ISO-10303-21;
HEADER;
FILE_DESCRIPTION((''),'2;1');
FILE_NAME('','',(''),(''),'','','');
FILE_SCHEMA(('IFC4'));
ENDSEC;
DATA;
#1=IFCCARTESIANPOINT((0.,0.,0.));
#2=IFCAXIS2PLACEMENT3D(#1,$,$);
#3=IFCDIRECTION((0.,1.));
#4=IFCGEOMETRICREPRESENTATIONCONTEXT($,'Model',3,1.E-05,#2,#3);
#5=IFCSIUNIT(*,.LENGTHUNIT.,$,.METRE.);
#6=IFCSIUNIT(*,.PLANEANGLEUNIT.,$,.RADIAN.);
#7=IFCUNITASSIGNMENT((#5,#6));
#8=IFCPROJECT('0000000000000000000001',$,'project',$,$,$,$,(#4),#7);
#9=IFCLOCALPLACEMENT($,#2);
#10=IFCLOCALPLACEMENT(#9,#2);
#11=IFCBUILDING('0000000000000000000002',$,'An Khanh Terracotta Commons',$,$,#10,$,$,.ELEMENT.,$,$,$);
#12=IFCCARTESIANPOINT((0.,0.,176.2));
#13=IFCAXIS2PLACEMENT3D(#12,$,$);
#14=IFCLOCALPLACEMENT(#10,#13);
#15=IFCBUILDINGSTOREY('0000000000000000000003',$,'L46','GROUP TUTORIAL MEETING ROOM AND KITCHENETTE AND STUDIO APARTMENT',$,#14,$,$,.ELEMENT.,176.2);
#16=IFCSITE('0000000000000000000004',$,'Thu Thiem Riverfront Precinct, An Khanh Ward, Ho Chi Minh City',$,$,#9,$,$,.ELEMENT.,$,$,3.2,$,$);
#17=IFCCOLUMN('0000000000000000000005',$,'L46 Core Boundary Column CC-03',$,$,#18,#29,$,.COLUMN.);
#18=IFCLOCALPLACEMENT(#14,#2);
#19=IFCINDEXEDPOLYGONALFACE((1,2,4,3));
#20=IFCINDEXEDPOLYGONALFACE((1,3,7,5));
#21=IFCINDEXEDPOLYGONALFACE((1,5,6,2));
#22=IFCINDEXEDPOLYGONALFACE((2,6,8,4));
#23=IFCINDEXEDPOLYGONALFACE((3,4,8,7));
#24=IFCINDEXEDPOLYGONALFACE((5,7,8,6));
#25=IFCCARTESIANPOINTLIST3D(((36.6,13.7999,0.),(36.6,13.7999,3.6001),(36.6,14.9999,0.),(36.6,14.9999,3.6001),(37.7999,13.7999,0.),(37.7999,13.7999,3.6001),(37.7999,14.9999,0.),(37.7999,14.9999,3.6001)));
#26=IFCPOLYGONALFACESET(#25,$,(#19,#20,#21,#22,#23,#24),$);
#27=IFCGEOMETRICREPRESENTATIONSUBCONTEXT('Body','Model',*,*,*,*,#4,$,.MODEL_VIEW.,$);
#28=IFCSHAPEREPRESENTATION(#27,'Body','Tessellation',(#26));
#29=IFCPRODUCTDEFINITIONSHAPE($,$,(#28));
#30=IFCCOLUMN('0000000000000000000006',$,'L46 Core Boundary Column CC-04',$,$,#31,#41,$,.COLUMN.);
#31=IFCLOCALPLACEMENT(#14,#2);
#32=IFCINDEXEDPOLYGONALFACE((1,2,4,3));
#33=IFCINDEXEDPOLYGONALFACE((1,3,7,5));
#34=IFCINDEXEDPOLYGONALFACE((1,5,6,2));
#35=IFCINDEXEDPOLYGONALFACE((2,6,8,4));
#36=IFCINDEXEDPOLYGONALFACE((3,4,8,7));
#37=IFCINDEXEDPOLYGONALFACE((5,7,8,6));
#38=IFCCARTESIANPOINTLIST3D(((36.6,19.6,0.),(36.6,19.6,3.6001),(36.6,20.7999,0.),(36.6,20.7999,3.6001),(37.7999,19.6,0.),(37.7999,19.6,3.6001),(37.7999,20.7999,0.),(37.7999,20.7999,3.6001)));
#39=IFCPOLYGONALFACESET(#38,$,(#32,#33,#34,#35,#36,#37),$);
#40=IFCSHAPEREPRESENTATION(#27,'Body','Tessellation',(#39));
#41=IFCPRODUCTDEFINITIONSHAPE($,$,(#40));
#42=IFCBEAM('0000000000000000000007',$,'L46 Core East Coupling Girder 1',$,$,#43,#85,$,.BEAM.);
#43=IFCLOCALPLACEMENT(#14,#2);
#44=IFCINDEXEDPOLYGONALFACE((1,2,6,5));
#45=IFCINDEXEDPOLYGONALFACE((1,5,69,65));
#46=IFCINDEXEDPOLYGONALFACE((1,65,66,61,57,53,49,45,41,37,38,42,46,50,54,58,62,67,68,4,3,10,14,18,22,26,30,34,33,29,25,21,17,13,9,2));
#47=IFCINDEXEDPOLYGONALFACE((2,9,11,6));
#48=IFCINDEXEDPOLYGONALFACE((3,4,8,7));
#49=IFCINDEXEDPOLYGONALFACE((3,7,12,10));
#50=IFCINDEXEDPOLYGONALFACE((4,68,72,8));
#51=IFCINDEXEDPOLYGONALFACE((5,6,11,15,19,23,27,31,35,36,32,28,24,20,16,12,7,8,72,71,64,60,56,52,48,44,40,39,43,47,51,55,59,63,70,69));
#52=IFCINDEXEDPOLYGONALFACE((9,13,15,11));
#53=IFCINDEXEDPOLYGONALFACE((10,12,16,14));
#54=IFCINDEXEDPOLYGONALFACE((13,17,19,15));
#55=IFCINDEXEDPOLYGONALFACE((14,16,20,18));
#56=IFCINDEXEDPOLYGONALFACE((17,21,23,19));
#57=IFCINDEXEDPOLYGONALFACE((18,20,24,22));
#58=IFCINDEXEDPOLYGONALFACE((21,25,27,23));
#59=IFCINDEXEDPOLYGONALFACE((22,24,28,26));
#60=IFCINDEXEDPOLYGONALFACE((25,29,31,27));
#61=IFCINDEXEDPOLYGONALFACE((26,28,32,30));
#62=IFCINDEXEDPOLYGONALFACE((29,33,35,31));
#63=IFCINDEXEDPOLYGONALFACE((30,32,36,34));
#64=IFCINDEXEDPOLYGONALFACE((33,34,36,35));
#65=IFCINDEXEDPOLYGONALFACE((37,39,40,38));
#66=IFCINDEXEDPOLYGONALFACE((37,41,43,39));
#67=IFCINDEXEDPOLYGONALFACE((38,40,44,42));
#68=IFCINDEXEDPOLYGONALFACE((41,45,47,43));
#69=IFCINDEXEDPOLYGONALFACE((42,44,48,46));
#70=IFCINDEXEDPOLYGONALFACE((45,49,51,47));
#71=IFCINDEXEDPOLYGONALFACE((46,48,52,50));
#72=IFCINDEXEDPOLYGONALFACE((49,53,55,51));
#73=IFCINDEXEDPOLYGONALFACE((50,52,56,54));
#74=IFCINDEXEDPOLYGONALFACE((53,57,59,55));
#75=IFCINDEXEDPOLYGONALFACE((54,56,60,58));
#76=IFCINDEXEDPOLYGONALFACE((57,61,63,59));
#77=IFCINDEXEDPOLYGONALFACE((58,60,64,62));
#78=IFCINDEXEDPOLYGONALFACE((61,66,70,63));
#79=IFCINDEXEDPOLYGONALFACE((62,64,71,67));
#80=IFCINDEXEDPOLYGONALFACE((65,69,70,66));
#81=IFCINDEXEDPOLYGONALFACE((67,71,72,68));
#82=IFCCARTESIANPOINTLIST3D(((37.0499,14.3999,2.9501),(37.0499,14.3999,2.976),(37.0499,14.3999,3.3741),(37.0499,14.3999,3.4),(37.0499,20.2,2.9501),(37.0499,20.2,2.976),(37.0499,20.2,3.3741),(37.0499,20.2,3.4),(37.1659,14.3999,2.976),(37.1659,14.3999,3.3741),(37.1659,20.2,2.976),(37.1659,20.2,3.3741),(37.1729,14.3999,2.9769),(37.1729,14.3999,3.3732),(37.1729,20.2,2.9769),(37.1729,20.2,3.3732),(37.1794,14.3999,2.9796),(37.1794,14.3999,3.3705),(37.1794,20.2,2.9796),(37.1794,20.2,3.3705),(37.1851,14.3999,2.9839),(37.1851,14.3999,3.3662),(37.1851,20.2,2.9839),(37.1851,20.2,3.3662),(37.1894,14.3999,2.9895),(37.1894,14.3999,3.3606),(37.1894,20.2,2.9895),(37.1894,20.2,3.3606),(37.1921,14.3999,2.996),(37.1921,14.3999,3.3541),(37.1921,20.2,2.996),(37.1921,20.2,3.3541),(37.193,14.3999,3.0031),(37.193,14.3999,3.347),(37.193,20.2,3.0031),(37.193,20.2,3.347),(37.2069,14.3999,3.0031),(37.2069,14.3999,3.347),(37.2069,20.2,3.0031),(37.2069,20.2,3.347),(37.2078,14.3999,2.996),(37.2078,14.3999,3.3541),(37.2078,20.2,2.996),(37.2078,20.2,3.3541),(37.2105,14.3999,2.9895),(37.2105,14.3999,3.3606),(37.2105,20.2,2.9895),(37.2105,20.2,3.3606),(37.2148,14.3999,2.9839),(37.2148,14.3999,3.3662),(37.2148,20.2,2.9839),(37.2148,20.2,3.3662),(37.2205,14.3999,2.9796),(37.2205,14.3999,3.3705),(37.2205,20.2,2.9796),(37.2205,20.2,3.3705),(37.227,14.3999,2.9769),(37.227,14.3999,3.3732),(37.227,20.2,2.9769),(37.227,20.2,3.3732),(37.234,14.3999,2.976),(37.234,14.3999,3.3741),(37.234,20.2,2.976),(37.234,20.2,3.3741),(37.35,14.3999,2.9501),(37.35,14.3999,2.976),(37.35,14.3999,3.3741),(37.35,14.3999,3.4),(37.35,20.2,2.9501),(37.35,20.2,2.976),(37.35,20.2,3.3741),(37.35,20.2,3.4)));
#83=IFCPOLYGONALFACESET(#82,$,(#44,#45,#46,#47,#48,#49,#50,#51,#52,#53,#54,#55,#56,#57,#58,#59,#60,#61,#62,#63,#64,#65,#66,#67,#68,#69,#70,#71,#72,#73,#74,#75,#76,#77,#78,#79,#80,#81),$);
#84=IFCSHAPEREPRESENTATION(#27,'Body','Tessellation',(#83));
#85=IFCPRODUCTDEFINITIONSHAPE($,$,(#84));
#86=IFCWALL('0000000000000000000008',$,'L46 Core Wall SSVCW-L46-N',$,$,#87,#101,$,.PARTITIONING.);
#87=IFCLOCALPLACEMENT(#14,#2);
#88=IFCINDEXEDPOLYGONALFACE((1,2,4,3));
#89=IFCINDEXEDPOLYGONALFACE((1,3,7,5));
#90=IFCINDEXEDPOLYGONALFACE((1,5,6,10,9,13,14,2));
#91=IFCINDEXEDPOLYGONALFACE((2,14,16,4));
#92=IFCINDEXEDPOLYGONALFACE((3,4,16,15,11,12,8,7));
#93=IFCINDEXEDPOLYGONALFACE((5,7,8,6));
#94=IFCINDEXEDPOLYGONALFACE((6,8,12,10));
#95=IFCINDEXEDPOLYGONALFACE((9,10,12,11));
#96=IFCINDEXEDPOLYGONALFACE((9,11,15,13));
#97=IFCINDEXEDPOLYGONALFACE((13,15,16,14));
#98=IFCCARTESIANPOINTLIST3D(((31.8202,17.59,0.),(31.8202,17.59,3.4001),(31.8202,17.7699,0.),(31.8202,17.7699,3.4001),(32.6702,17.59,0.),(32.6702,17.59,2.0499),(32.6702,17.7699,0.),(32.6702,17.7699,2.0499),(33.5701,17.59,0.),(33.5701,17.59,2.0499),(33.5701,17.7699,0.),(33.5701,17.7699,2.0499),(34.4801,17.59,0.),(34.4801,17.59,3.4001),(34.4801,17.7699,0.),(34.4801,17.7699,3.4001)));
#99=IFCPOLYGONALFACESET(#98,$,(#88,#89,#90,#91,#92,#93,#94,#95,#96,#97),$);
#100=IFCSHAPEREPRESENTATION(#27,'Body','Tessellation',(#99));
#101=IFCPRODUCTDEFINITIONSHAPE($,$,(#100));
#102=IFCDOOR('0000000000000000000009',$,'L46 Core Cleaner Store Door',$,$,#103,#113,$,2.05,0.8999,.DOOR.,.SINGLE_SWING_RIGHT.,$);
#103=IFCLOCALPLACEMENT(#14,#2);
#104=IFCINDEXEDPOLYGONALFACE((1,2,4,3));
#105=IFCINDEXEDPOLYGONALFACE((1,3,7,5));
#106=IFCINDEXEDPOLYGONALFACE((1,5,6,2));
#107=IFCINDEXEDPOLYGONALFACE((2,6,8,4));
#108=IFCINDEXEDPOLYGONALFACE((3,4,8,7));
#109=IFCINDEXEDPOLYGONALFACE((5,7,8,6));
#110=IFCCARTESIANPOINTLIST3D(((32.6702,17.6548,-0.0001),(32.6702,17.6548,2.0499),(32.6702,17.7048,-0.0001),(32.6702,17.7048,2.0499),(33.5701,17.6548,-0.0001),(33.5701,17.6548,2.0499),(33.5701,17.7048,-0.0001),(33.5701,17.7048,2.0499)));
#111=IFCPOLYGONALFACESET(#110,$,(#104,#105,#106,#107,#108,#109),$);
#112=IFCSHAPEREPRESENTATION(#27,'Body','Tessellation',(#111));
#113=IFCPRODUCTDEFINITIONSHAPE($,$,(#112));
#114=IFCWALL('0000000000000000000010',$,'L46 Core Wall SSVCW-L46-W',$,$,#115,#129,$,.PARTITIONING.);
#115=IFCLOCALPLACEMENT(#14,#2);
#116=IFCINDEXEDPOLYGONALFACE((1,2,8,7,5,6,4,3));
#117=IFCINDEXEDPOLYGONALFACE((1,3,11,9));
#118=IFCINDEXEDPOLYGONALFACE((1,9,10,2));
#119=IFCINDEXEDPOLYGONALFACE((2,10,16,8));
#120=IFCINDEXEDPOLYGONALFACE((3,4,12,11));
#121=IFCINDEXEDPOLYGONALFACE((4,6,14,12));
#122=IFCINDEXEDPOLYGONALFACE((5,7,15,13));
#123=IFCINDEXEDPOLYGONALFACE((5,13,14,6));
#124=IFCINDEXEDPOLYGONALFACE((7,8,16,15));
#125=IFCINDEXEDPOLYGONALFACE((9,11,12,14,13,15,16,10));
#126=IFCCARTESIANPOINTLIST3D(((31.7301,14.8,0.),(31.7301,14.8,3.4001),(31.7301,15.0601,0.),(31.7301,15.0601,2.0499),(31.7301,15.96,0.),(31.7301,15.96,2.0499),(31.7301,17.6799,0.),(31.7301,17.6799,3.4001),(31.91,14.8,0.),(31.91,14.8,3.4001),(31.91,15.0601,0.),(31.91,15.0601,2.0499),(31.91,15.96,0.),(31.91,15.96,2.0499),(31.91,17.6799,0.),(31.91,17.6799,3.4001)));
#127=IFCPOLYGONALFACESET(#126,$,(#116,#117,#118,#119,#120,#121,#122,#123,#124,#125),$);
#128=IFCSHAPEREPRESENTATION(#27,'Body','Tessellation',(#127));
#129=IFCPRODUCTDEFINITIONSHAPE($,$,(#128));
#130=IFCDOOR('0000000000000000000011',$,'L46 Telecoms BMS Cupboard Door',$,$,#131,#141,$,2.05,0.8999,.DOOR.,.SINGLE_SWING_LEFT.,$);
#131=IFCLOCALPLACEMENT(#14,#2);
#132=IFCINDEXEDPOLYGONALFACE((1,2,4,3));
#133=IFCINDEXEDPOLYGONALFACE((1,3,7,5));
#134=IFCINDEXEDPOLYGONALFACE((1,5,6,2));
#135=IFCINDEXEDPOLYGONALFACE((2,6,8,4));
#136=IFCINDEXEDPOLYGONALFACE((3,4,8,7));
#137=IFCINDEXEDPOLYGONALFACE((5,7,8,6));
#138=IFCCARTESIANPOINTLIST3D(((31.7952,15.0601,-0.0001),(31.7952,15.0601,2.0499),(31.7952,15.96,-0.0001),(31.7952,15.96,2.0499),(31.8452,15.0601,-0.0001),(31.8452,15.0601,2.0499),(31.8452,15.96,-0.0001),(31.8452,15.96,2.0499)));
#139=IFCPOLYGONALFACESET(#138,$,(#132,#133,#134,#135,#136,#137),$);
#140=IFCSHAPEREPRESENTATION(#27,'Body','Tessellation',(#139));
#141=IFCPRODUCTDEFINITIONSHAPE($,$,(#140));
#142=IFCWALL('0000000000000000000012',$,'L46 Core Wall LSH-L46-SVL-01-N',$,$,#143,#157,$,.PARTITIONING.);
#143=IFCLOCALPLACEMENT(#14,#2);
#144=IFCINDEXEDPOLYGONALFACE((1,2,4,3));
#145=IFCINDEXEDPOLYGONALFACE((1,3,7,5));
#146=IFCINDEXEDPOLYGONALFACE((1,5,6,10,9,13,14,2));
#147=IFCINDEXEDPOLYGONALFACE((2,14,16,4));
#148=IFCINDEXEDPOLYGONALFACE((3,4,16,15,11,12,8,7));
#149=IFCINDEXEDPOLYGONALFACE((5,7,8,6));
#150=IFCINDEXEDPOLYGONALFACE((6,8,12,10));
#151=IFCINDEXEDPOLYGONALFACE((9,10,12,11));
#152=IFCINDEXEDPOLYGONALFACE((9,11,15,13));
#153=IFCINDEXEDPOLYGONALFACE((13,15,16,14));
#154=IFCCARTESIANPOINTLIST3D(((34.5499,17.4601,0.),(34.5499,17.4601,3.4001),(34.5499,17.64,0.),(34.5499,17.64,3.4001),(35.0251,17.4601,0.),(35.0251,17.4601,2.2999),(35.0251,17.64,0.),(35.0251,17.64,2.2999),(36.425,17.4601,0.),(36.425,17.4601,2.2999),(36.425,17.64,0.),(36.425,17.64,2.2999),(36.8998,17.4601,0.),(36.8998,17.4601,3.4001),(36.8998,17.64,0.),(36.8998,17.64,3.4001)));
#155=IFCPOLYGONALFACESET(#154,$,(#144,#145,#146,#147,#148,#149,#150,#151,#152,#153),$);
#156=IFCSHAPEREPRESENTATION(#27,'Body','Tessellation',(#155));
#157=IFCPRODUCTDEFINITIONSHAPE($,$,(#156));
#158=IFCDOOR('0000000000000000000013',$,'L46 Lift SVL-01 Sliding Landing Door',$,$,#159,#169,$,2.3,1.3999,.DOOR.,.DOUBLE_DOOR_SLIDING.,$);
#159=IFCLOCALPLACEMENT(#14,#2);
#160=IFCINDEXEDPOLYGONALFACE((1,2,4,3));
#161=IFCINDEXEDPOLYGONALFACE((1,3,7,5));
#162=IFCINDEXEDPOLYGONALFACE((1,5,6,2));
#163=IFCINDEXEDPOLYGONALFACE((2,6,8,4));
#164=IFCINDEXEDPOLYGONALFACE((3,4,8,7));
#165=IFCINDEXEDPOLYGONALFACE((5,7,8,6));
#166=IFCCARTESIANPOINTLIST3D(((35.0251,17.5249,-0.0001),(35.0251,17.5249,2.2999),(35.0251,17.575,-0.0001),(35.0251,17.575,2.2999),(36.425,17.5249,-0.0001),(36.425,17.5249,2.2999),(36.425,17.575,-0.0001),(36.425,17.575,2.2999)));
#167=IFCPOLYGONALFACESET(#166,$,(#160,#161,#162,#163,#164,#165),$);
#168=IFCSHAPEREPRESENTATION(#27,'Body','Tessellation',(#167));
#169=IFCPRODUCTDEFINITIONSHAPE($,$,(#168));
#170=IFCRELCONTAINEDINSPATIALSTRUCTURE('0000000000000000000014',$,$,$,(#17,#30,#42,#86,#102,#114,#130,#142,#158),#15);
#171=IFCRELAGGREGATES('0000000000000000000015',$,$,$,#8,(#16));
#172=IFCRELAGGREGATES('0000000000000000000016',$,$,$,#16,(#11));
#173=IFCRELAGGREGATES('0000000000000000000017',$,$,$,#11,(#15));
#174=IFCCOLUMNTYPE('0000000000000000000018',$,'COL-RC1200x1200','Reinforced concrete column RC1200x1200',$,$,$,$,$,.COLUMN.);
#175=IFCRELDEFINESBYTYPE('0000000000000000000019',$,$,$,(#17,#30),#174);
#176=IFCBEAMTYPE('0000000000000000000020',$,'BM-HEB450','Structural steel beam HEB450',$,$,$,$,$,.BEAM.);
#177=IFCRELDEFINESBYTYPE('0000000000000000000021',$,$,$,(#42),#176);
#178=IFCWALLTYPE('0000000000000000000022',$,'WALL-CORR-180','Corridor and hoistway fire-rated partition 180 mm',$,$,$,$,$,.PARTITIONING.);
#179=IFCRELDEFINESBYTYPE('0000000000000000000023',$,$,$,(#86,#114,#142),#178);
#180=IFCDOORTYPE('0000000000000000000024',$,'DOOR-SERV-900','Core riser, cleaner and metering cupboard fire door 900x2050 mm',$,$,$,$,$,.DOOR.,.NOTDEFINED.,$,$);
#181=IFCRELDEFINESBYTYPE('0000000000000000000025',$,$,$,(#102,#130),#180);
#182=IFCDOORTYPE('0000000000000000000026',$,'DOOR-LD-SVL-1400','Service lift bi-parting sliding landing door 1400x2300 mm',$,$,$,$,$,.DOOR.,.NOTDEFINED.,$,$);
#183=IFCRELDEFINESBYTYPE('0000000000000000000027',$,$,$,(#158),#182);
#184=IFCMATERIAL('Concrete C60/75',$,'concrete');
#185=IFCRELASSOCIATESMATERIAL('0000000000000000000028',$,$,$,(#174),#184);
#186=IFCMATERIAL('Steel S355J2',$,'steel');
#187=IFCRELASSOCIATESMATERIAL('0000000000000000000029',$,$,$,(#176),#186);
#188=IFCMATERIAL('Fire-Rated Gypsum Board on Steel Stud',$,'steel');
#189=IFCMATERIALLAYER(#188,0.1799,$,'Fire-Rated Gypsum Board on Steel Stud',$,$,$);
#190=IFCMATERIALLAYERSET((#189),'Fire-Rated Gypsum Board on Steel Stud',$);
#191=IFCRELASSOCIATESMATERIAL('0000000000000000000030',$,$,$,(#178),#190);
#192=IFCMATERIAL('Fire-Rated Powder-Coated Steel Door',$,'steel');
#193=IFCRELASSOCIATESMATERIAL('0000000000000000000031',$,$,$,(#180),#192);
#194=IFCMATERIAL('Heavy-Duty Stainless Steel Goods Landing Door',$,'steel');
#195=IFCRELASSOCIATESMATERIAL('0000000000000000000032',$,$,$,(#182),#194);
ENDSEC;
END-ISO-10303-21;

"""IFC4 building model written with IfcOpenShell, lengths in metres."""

from ifc_helpers import new_model, si_unit, direction, frame, frame_2d, origin, origin_2d, place, context, subcontext, project, spatial, rectangle, i_section, extrude, material, layer, layer_set, material_profile, profile_set, type_object, element, fill, save


model = new_model("IFC4")

# Units and contexts
model_context = context("Model", 3, precision=1e-05, world=origin(), true_north=direction((0.0, 1.0)))
body_context = subcontext(model_context, "Body", "Model", "MODEL_VIEW")
ifc_project = project(units=[si_unit("LENGTHUNIT", "METRE"), si_unit("PLANEANGLEUNIT", "RADIAN")], contexts=[model_context])

# Site, building, storey
site_placement = place(None, origin())
site = spatial("IfcSite", under=ifc_project, at=site_placement, Name="Thu Thiem Riverfront Precinct, An Khanh Ward, Ho Chi Minh City", CompositionType="ELEMENT", RefElevation=3.2)
building_placement = place(site_placement, origin())
building = spatial("IfcBuilding", under=site, at=building_placement, Name="An Khanh Terracotta Commons", CompositionType="ELEMENT")
storey_placement = place(building_placement, frame((0.0, 0.0, 176.2)))
storey = spatial("IfcBuildingStorey", under=building, at=storey_placement, Name="L46", Description="GROUP TUTORIAL MEETING ROOM AND KITCHENETTE AND STUDIO APARTMENT", CompositionType="ELEMENT", Elevation=176.2)

# Columns
ifc_material_1 = material(Name="Concrete C60/75", Category="concrete")
ifc_material_profile_1 = material_profile(ifc_material_1, rectangle(XDim=1.2, YDim=1.2, at=origin_2d()), Name="RC1200x1200")
ifc_profile_set_1 = profile_set([ifc_material_profile_1], Name="Concrete C60/75")
column_type = type_object("IfcColumnType", Name="COL-RC1200x1200", Description="Reinforced concrete column RC1200x1200", PredefinedType="COLUMN", material=ifc_profile_set_1)
for number, where, z_axis, x_axis, name in (
    (1, (37.2, 14.3999, 0.0), (0.0, 0.0, 1.0), (1.0, 0.0, 0.0), "L46 Core Boundary Column CC-03"),
    (2, (37.2, 20.2, 0.0), (0.0, 0.0, 1.0), (1.0, 0.0, 0.0), "L46 Core Boundary Column CC-04"),
):
    element("IfcColumn", number, at=place(storey_placement, frame(where, z_axis=z_axis, x_axis=x_axis)), inside=storey, type_object=column_type, Name=name, PredefinedType="COLUMN", context=body_context, shape_type="SweptSolid", body=[
        extrude(rectangle(XDim=1.2, YDim=1.2, at=origin_2d()), origin(), (0.0, 0.0, 1.0), 3.6001),
    ])

# Beam
ifc_material_2 = material(Name="Steel S355J2", Category="steel")
ifc_material_profile_2 = material_profile(ifc_material_2, i_section(OverallWidth=0.3, OverallDepth=0.45, WebThickness=0.0139, FlangeThickness=0.0259, FilletRadius=0.0271, at=origin_2d()), Name="HEB450")
ifc_profile_set_2 = profile_set([ifc_material_profile_2], Name="Steel S355J2")
beam_type = type_object("IfcBeamType", Name="BM-HEB450", Description="Structural steel beam HEB450", PredefinedType="BEAM", material=ifc_profile_set_2)
beam_placement = place(storey_placement, frame((37.2, 14.3999, 3.175), z_axis=(0.0, 1.0, 0.0), x_axis=(-1.0, 0.0, 0.0)))
element("IfcBeam", 3, at=beam_placement, inside=storey, type_object=beam_type, Name="L46 Core East Coupling Girder 1", PredefinedType="BEAM", context=body_context, shape_type="SweptSolid", body=[
    extrude(i_section(OverallWidth=0.3, OverallDepth=0.45, WebThickness=0.0139, FlangeThickness=0.0259, FilletRadius=0.0271, at=origin_2d()), origin(), (0.0, 0.0, 1.0), 5.8),
])

# Walls, openings, doors
ifc_material_3 = material(Name="Fire-Rated Gypsum Board on Steel Stud", Category="steel")
ifc_layer_1 = layer(ifc_material_3, 0.1799, Name="Fire-Rated Gypsum Board on Steel Stud")
ifc_layer_set_1 = layer_set([ifc_layer_1], Name="Fire-Rated Gypsum Board on Steel Stud")
wall_type_1 = type_object("IfcWallType", Name="WALL-CORR-180", Description="Corridor and hoistway fire-rated partition 180 mm", PredefinedType="PARTITIONING", material=ifc_layer_set_1)
wall_1_placement = place(storey_placement, frame((31.8201, 17.6799, 0.0), z_axis=(0.0, 0.0, 1.0), x_axis=(1.0, 0.0, 0.0)))
wall_1 = element("IfcWall", 4, at=wall_1_placement, inside=storey, type_object=wall_type_1, Name="L46 Core Wall SSVCW-L46-N", PredefinedType="PARTITIONING", context=body_context, shape_type="SweptSolid", body=[
    extrude(rectangle(XDim=2.6599, YDim=0.1799, at=frame_2d((1.3301, 0.0))), origin(), (0.0, 0.0, 1.0), 3.4001),
])
opening_1_placement = place(wall_1_placement, frame((0.8501, 0.0, 0.0)))
opening_1 = element("IfcOpeningElement", 5, at=opening_1_placement, cuts=wall_1, PredefinedType="OPENING", context=body_context, shape_type="SweptSolid", body=[
    extrude(rectangle(XDim=0.8999, YDim=2.05, at=frame_2d((0.45, 1.0249))), frame((0.0, 0.0999, 0.0), z_axis=(0.0, -1.0, 0.0), x_axis=(1.0, 0.0, 0.0)), (0.0, 0.0, 1.0), 0.2),
])
ifc_material_4 = material(Name="Fire-Rated Powder-Coated Steel Door", Category="steel")
door_type_1 = type_object("IfcDoorType", Name="DOOR-SERV-900", Description="Core riser, cleaner and metering cupboard fire door 900x2050 mm", OperationType="NOTDEFINED", PredefinedType="DOOR", material=ifc_material_4)
door_1_placement = place(opening_1_placement, origin())
door_1 = element("IfcDoor", 6, at=door_1_placement, inside=storey, type_object=door_type_1, Name="L46 Core Cleaner Store Door", OperationType="SINGLE_SWING_RIGHT", OverallHeight=2.05, OverallWidth=0.8999, PredefinedType="DOOR", context=body_context, shape_type="SweptSolid", body=[
    extrude(rectangle(XDim=0.8999, YDim=2.05, at=frame_2d((0.45, 1.0249))), frame((0.0, 0.0249, 0.0), z_axis=(0.0, -1.0, 0.0), x_axis=(1.0, 0.0, 0.0)), (0.0, 0.0, 1.0), 0.05),
])
fill(opening_1, door_1)
wall_2_placement = place(storey_placement, frame((31.8201, 14.8, 0.0), z_axis=(0.0, 0.0, 1.0), x_axis=(0.0, 1.0, 0.0)))
wall_2 = element("IfcWall", 7, at=wall_2_placement, inside=storey, type_object=wall_type_1, Name="L46 Core Wall SSVCW-L46-W", PredefinedType="PARTITIONING", context=body_context, shape_type="SweptSolid", body=[
    extrude(rectangle(XDim=2.8799, YDim=0.1799, at=frame_2d((1.4399, 0.0))), origin(), (0.0, 0.0, 1.0), 3.4001),
])
opening_2_placement = place(wall_2_placement, frame((0.26, 0.0, 0.0)))
opening_2 = element("IfcOpeningElement", 8, at=opening_2_placement, cuts=wall_2, PredefinedType="OPENING", context=body_context, shape_type="SweptSolid", body=[
    extrude(rectangle(XDim=0.8999, YDim=2.05, at=frame_2d((0.45, 1.0249))), frame((0.0, 0.0999, 0.0), z_axis=(0.0, -1.0, 0.0), x_axis=(1.0, 0.0, 0.0)), (0.0, 0.0, 1.0), 0.2),
])
door_2_placement = place(opening_2_placement, origin())
door_2 = element("IfcDoor", 9, at=door_2_placement, inside=storey, type_object=door_type_1, Name="L46 Telecoms BMS Cupboard Door", OperationType="SINGLE_SWING_LEFT", OverallHeight=2.05, OverallWidth=0.8999, PredefinedType="DOOR", context=body_context, shape_type="SweptSolid", body=[
    extrude(rectangle(XDim=0.8999, YDim=2.05, at=frame_2d((0.45, 1.0249))), frame((0.0, 0.0249, 0.0), z_axis=(0.0, -1.0, 0.0), x_axis=(1.0, 0.0, 0.0)), (0.0, 0.0, 1.0), 0.05),
])
fill(opening_2, door_2)
wall_3_placement = place(storey_placement, frame((34.55, 17.55, 0.0), z_axis=(0.0, 0.0, 1.0), x_axis=(1.0, 0.0, 0.0)))
wall_3 = element("IfcWall", 10, at=wall_3_placement, inside=storey, type_object=wall_type_1, Name="L46 Core Wall LSH-L46-SVL-01-N", PredefinedType="PARTITIONING", context=body_context, shape_type="SweptSolid", body=[
    extrude(rectangle(XDim=2.3499, YDim=0.1799, at=frame_2d((1.1748, 0.0))), origin(), (0.0, 0.0, 1.0), 3.4001),
])
opening_3_placement = place(wall_3_placement, frame((0.4751, 0.0, 0.0)))
opening_3 = element("IfcOpeningElement", 11, at=opening_3_placement, cuts=wall_3, PredefinedType="OPENING", context=body_context, shape_type="SweptSolid", body=[
    extrude(rectangle(XDim=1.3999, YDim=2.3, at=frame_2d((0.7, 1.1499))), frame((0.0, 0.0999, 0.0), z_axis=(0.0, -1.0, 0.0), x_axis=(1.0, 0.0, 0.0)), (0.0, 0.0, 1.0), 0.2),
])
ifc_material_5 = material(Name="Heavy-Duty Stainless Steel Goods Landing Door", Category="steel")
door_type_2 = type_object("IfcDoorType", Name="DOOR-LD-SVL-1400", Description="Service lift bi-parting sliding landing door 1400x2300 mm", OperationType="NOTDEFINED", PredefinedType="DOOR", material=ifc_material_5)
door_3_placement = place(opening_3_placement, origin())
door_3 = element("IfcDoor", 12, at=door_3_placement, inside=storey, type_object=door_type_2, Name="L46 Lift SVL-01 Sliding Landing Door", OperationType="DOUBLE_DOOR_SLIDING", OverallHeight=2.3, OverallWidth=1.3999, PredefinedType="DOOR", context=body_context, shape_type="SweptSolid", body=[
    extrude(rectangle(XDim=1.3999, YDim=2.3, at=frame_2d((0.7, 1.1499))), frame((0.0, 0.0249, 0.0), z_axis=(0.0, -1.0, 0.0), x_axis=(1.0, 0.0, 0.0)), (0.0, 0.0, 1.0), 0.05),
])
fill(opening_3, door_3)

save(model, "model.ifc")
